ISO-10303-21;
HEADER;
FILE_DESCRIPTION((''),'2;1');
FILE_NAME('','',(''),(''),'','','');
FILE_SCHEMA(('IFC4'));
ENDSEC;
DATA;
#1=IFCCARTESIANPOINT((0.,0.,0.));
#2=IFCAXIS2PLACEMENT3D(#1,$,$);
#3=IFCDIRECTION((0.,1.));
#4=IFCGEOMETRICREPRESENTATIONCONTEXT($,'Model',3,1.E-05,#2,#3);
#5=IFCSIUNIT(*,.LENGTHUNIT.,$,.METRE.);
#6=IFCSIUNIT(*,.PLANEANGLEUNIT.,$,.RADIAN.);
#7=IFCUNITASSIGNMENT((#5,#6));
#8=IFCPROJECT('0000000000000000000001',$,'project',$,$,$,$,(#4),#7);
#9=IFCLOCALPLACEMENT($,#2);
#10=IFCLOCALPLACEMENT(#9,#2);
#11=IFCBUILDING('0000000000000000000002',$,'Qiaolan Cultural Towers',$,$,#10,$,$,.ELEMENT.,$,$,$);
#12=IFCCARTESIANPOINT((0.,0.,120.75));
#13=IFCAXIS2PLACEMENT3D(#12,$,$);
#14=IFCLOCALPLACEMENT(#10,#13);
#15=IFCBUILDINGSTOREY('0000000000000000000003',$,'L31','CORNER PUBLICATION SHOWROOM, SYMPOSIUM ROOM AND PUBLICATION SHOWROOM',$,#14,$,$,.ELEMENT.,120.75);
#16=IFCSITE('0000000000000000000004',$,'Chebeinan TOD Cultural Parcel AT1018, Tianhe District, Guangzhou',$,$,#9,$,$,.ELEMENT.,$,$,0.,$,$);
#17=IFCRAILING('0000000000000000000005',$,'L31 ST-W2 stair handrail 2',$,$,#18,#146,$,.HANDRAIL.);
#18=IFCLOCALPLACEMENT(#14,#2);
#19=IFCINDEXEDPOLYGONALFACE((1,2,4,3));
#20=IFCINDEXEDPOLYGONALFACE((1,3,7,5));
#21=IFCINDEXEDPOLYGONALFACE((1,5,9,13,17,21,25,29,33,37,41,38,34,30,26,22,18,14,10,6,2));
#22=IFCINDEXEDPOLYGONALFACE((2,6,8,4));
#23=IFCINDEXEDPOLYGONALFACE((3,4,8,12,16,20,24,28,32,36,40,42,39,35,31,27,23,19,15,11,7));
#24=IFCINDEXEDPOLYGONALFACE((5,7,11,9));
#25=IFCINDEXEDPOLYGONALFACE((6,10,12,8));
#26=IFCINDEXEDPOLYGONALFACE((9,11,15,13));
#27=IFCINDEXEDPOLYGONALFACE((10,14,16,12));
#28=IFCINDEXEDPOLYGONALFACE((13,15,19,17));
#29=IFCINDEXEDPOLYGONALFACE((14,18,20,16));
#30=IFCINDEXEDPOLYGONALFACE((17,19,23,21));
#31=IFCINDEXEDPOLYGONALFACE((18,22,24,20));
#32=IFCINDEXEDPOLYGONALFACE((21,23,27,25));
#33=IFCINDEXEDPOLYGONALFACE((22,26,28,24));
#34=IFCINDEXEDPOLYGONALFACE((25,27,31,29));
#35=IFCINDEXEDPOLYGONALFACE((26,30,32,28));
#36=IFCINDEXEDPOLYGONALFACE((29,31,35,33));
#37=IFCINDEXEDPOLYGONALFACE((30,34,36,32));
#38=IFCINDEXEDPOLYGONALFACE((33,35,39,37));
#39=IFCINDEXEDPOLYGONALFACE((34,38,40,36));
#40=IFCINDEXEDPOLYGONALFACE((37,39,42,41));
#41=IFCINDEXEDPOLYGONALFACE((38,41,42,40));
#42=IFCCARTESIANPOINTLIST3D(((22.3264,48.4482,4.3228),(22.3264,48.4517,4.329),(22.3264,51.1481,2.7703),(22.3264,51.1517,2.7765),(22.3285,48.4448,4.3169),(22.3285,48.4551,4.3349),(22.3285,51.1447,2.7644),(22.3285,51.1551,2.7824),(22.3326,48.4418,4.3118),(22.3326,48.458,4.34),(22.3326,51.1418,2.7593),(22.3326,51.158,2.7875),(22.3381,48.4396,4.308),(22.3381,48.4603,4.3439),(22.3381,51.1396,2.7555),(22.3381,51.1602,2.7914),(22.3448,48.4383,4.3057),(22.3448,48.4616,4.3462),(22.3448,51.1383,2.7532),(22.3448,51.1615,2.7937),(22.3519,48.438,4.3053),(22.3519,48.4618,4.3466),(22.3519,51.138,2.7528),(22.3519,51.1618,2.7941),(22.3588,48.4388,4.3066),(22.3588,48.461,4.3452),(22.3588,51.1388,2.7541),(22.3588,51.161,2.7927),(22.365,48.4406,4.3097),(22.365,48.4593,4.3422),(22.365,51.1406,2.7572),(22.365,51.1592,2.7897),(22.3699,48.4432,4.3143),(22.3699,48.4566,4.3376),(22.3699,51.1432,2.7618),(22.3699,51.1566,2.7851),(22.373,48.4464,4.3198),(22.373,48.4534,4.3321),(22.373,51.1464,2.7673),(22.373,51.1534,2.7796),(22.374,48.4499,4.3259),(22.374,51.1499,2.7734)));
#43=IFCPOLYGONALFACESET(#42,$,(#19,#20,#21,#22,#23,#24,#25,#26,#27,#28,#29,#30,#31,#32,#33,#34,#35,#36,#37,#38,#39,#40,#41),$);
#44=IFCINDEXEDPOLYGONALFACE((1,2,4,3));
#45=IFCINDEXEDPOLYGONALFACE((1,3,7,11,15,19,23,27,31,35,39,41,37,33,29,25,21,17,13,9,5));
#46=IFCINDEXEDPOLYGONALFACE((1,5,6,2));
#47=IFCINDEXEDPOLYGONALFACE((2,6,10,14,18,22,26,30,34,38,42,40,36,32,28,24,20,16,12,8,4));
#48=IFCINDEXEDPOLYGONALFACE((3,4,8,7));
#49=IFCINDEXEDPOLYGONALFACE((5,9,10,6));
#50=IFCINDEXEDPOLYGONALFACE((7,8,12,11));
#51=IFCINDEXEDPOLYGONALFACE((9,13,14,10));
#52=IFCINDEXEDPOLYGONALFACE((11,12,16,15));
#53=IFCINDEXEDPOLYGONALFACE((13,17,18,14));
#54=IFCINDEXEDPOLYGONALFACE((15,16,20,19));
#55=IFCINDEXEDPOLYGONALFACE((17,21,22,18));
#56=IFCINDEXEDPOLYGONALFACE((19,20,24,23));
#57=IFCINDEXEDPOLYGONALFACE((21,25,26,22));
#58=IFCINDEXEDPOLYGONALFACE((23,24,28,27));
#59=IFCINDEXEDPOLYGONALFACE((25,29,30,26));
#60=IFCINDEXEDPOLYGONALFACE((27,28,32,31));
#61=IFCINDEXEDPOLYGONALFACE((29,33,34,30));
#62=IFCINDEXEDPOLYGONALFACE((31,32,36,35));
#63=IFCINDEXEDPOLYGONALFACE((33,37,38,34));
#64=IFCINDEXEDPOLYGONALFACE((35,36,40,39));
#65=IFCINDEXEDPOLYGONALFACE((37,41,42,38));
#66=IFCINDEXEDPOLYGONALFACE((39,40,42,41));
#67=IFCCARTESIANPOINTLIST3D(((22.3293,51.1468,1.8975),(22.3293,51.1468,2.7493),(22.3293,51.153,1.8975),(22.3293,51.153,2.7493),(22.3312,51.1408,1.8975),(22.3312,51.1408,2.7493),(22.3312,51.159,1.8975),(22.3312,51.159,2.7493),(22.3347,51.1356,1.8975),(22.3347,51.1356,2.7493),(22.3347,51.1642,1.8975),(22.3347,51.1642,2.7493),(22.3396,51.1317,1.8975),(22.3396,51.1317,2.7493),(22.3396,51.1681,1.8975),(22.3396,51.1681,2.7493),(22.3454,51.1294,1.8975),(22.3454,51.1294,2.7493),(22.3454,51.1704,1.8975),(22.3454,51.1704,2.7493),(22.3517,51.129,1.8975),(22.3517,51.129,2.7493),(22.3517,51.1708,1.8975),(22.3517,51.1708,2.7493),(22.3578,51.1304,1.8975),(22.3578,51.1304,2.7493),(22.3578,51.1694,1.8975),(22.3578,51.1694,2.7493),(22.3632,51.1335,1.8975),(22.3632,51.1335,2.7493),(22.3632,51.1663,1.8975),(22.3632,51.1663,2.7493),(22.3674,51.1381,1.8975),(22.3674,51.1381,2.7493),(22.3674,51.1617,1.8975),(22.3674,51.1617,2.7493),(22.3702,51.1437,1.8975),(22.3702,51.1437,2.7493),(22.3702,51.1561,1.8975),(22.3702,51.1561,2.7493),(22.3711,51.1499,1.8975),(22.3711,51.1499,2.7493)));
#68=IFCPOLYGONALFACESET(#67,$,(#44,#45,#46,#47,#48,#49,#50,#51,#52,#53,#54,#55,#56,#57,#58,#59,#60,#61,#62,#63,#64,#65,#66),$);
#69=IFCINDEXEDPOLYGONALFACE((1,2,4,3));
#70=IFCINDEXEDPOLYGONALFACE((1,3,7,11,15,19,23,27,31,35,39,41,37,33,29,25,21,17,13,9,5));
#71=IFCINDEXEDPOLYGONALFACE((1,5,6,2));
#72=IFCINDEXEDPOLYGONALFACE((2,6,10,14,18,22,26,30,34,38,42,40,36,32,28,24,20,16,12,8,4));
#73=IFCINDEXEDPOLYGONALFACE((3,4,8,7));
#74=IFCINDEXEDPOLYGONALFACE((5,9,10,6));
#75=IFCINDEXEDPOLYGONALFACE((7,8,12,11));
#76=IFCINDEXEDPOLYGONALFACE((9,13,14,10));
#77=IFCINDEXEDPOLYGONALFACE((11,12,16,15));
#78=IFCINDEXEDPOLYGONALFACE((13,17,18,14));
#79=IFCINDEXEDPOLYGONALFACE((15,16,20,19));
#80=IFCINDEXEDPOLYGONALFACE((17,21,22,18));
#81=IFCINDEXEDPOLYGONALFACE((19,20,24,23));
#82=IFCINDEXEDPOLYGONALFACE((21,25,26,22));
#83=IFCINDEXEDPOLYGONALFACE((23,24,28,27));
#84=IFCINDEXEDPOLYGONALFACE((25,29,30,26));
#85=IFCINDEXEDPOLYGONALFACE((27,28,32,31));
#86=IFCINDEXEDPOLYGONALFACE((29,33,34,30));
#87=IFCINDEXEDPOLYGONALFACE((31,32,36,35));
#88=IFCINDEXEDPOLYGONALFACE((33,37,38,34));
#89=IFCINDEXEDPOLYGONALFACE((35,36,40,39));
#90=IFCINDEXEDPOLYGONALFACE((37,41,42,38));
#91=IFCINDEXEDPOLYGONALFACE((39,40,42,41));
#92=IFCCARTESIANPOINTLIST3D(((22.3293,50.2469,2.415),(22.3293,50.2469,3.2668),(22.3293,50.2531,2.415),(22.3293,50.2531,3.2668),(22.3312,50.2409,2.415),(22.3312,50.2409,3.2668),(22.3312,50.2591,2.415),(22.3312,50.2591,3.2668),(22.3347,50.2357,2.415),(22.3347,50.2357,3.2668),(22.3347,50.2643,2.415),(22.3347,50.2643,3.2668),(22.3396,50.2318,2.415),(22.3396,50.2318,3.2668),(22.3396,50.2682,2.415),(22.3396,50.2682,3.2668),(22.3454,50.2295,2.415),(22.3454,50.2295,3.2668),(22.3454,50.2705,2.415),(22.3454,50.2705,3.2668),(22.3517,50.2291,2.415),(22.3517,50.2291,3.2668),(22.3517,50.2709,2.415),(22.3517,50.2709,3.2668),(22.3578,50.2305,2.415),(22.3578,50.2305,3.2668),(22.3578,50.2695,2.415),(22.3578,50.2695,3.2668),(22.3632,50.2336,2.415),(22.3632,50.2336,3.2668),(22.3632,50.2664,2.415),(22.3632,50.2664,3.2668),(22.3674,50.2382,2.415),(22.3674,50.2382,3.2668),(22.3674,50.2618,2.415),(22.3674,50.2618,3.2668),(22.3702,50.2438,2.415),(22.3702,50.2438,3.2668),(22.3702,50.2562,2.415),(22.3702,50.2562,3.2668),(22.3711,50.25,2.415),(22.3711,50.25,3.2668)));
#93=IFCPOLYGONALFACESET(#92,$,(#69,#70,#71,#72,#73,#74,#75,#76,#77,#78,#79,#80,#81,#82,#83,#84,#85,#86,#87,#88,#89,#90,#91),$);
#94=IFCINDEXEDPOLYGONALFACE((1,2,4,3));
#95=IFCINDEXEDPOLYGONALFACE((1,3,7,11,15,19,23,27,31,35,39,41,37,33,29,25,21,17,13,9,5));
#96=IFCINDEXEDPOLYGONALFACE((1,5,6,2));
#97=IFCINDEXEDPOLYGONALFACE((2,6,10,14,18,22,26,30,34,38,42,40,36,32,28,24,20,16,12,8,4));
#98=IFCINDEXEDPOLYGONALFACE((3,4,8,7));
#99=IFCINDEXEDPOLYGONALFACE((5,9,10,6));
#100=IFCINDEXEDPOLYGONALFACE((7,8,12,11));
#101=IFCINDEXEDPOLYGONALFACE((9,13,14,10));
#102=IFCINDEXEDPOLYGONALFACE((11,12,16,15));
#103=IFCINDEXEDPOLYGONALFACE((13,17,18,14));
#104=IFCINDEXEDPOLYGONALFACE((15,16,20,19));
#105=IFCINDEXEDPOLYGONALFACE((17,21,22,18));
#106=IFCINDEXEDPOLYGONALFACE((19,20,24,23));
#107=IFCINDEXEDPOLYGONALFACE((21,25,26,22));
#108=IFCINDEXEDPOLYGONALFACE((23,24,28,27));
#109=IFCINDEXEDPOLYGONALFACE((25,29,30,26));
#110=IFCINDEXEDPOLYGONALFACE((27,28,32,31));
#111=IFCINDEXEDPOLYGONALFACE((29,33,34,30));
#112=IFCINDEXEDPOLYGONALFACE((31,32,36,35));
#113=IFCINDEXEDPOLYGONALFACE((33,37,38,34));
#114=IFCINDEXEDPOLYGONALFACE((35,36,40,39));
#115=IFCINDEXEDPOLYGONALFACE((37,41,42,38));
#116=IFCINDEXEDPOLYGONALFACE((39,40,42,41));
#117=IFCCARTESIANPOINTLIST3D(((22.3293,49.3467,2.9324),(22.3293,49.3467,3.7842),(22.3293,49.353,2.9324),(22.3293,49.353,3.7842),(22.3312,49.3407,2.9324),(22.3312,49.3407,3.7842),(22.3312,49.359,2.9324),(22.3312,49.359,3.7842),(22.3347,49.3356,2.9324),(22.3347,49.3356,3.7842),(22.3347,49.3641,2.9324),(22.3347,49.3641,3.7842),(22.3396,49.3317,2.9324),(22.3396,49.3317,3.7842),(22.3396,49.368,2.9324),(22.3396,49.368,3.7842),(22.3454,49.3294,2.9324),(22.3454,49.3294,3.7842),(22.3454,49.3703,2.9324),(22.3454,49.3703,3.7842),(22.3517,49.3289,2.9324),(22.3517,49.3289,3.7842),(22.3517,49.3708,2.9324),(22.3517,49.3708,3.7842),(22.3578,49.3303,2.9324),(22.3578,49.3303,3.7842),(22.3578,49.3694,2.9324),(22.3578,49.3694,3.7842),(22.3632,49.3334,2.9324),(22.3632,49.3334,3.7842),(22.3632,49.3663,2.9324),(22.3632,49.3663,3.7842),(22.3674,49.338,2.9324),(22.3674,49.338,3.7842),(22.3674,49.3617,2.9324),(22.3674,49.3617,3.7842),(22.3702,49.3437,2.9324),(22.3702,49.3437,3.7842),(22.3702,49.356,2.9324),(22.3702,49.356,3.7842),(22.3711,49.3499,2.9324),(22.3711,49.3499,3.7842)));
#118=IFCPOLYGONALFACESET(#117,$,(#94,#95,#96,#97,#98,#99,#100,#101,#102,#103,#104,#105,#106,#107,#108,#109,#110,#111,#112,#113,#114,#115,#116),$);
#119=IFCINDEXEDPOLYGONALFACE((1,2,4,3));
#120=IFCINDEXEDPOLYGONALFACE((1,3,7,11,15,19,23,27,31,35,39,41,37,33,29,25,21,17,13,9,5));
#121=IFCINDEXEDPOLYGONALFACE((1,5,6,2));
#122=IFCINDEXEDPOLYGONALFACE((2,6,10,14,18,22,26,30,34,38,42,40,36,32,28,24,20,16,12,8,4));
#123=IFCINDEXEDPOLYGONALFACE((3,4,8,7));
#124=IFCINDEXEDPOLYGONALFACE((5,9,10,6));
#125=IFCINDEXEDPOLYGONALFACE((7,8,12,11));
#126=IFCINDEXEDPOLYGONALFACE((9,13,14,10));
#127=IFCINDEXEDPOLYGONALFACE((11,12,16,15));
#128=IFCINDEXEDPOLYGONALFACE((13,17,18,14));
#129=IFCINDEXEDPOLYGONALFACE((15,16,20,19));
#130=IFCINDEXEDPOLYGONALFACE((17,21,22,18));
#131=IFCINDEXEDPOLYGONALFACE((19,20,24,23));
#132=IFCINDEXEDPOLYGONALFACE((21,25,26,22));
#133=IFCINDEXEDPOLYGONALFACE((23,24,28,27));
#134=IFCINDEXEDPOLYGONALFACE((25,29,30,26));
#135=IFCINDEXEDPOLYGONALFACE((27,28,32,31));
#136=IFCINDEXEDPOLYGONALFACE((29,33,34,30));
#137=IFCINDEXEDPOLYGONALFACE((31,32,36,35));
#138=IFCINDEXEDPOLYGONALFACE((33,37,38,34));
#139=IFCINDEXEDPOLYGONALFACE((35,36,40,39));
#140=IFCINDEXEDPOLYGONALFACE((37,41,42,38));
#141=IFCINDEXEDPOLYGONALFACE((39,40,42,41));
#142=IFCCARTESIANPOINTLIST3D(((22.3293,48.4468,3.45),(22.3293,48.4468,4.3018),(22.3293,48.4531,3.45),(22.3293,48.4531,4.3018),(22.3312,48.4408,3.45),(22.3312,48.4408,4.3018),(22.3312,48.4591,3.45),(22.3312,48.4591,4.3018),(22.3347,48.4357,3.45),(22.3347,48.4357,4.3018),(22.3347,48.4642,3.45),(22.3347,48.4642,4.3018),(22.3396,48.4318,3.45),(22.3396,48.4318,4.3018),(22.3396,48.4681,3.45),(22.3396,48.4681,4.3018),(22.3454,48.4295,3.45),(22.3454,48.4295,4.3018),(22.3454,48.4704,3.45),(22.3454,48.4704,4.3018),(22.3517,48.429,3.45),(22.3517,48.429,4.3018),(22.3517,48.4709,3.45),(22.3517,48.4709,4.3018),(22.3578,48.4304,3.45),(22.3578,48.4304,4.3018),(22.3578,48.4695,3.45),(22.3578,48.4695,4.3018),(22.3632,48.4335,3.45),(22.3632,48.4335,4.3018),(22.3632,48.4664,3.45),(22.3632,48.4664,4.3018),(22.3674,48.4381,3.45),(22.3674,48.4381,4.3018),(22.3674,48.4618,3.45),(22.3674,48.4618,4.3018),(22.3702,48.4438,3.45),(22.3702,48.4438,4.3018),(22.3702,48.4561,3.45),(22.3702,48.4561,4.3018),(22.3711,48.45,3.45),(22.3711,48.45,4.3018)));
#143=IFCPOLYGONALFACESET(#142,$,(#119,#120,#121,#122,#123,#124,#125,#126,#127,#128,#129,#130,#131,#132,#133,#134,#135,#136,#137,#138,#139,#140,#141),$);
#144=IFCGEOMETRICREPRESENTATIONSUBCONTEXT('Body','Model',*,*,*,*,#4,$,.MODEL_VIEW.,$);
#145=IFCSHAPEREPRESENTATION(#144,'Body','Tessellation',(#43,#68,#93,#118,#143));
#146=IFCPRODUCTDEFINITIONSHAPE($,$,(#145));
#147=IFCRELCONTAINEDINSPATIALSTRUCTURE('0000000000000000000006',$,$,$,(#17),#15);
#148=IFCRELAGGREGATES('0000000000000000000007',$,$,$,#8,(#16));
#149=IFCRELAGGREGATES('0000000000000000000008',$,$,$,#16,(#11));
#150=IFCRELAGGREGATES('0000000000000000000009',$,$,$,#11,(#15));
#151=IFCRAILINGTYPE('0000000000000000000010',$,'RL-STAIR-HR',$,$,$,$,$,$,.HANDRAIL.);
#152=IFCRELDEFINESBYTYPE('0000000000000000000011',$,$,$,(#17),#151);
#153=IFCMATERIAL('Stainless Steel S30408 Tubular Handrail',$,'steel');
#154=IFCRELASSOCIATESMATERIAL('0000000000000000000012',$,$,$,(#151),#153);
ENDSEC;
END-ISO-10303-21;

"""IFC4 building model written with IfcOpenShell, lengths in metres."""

from ifc_helpers import new_model, si_unit, direction, frame, origin, origin_2d, place, context, subcontext, project, spatial, circle, extrude, material, type_object, element, save


model = new_model("IFC4")

# Units and contexts
model_context = context("Model", 3, precision=1e-05, world=origin(), true_north=direction((0.0, 1.0)))
body_context = subcontext(model_context, "Body", "Model", "MODEL_VIEW")
ifc_project = project(units=[si_unit("LENGTHUNIT", "METRE"), si_unit("PLANEANGLEUNIT", "RADIAN")], contexts=[model_context])

# Site, building, storey
site_placement = place(None, origin())
site = spatial("IfcSite", under=ifc_project, at=site_placement, Name="Chebeinan TOD Cultural Parcel AT1018, Tianhe District, Guangzhou", CompositionType="ELEMENT", RefElevation=0.0)
building_placement = place(site_placement, origin())
building = spatial("IfcBuilding", under=site, at=building_placement, Name="Qiaolan Cultural Towers", CompositionType="ELEMENT")
storey_placement = place(building_placement, frame((0.0, 0.0, 120.75)))
storey = spatial("IfcBuildingStorey", under=building, at=storey_placement, Name="L31", Description="CORNER PUBLICATION SHOWROOM, SYMPOSIUM ROOM AND PUBLICATION SHOWROOM", CompositionType="ELEMENT", Elevation=120.75)

# Railing
ifc_material_1 = material(Name="Stainless Steel S30408 Tubular Handrail", Category="steel")
railing_type_1 = type_object("IfcRailingType", Name="RL-STAIR-HR", PredefinedType="HANDRAIL", material=ifc_material_1)
railing_1_placement = place(storey_placement, frame((22.3501, 51.1499, 1.8975)))
element("IfcRailing", 1, at=railing_1_placement, inside=storey, type_object=railing_type_1, Name="L31 ST-W2 stair handrail 2", PredefinedType="HANDRAIL", context=body_context, shape_type="SweptSolid", body=[
    extrude(circle(Radius=0.0239, at=origin_2d()), frame((0.0, 0.0, 0.876), z_axis=(0.0, -0.866904, 0.498476), x_axis=(1.0, 0.0, 0.0)), (0.0, 0.0, 1.0), 3.1145),
    extrude(circle(Radius=0.021, at=origin_2d()), origin(), (0.0, 0.0, 1.0), 0.8518),
    extrude(circle(Radius=0.021, at=origin_2d()), frame((0.0, -0.8999, 0.5176)), (0.0, 0.0, 1.0), 0.8518),
    extrude(circle(Radius=0.021, at=origin_2d()), frame((0.0, -1.8, 1.0349)), (0.0, 0.0, 1.0), 0.8518),
    extrude(circle(Radius=0.021, at=origin_2d()), frame((0.0, -2.7, 1.5525)), (0.0, 0.0, 1.0), 0.8518),
])

save(model, "model.ifc")
